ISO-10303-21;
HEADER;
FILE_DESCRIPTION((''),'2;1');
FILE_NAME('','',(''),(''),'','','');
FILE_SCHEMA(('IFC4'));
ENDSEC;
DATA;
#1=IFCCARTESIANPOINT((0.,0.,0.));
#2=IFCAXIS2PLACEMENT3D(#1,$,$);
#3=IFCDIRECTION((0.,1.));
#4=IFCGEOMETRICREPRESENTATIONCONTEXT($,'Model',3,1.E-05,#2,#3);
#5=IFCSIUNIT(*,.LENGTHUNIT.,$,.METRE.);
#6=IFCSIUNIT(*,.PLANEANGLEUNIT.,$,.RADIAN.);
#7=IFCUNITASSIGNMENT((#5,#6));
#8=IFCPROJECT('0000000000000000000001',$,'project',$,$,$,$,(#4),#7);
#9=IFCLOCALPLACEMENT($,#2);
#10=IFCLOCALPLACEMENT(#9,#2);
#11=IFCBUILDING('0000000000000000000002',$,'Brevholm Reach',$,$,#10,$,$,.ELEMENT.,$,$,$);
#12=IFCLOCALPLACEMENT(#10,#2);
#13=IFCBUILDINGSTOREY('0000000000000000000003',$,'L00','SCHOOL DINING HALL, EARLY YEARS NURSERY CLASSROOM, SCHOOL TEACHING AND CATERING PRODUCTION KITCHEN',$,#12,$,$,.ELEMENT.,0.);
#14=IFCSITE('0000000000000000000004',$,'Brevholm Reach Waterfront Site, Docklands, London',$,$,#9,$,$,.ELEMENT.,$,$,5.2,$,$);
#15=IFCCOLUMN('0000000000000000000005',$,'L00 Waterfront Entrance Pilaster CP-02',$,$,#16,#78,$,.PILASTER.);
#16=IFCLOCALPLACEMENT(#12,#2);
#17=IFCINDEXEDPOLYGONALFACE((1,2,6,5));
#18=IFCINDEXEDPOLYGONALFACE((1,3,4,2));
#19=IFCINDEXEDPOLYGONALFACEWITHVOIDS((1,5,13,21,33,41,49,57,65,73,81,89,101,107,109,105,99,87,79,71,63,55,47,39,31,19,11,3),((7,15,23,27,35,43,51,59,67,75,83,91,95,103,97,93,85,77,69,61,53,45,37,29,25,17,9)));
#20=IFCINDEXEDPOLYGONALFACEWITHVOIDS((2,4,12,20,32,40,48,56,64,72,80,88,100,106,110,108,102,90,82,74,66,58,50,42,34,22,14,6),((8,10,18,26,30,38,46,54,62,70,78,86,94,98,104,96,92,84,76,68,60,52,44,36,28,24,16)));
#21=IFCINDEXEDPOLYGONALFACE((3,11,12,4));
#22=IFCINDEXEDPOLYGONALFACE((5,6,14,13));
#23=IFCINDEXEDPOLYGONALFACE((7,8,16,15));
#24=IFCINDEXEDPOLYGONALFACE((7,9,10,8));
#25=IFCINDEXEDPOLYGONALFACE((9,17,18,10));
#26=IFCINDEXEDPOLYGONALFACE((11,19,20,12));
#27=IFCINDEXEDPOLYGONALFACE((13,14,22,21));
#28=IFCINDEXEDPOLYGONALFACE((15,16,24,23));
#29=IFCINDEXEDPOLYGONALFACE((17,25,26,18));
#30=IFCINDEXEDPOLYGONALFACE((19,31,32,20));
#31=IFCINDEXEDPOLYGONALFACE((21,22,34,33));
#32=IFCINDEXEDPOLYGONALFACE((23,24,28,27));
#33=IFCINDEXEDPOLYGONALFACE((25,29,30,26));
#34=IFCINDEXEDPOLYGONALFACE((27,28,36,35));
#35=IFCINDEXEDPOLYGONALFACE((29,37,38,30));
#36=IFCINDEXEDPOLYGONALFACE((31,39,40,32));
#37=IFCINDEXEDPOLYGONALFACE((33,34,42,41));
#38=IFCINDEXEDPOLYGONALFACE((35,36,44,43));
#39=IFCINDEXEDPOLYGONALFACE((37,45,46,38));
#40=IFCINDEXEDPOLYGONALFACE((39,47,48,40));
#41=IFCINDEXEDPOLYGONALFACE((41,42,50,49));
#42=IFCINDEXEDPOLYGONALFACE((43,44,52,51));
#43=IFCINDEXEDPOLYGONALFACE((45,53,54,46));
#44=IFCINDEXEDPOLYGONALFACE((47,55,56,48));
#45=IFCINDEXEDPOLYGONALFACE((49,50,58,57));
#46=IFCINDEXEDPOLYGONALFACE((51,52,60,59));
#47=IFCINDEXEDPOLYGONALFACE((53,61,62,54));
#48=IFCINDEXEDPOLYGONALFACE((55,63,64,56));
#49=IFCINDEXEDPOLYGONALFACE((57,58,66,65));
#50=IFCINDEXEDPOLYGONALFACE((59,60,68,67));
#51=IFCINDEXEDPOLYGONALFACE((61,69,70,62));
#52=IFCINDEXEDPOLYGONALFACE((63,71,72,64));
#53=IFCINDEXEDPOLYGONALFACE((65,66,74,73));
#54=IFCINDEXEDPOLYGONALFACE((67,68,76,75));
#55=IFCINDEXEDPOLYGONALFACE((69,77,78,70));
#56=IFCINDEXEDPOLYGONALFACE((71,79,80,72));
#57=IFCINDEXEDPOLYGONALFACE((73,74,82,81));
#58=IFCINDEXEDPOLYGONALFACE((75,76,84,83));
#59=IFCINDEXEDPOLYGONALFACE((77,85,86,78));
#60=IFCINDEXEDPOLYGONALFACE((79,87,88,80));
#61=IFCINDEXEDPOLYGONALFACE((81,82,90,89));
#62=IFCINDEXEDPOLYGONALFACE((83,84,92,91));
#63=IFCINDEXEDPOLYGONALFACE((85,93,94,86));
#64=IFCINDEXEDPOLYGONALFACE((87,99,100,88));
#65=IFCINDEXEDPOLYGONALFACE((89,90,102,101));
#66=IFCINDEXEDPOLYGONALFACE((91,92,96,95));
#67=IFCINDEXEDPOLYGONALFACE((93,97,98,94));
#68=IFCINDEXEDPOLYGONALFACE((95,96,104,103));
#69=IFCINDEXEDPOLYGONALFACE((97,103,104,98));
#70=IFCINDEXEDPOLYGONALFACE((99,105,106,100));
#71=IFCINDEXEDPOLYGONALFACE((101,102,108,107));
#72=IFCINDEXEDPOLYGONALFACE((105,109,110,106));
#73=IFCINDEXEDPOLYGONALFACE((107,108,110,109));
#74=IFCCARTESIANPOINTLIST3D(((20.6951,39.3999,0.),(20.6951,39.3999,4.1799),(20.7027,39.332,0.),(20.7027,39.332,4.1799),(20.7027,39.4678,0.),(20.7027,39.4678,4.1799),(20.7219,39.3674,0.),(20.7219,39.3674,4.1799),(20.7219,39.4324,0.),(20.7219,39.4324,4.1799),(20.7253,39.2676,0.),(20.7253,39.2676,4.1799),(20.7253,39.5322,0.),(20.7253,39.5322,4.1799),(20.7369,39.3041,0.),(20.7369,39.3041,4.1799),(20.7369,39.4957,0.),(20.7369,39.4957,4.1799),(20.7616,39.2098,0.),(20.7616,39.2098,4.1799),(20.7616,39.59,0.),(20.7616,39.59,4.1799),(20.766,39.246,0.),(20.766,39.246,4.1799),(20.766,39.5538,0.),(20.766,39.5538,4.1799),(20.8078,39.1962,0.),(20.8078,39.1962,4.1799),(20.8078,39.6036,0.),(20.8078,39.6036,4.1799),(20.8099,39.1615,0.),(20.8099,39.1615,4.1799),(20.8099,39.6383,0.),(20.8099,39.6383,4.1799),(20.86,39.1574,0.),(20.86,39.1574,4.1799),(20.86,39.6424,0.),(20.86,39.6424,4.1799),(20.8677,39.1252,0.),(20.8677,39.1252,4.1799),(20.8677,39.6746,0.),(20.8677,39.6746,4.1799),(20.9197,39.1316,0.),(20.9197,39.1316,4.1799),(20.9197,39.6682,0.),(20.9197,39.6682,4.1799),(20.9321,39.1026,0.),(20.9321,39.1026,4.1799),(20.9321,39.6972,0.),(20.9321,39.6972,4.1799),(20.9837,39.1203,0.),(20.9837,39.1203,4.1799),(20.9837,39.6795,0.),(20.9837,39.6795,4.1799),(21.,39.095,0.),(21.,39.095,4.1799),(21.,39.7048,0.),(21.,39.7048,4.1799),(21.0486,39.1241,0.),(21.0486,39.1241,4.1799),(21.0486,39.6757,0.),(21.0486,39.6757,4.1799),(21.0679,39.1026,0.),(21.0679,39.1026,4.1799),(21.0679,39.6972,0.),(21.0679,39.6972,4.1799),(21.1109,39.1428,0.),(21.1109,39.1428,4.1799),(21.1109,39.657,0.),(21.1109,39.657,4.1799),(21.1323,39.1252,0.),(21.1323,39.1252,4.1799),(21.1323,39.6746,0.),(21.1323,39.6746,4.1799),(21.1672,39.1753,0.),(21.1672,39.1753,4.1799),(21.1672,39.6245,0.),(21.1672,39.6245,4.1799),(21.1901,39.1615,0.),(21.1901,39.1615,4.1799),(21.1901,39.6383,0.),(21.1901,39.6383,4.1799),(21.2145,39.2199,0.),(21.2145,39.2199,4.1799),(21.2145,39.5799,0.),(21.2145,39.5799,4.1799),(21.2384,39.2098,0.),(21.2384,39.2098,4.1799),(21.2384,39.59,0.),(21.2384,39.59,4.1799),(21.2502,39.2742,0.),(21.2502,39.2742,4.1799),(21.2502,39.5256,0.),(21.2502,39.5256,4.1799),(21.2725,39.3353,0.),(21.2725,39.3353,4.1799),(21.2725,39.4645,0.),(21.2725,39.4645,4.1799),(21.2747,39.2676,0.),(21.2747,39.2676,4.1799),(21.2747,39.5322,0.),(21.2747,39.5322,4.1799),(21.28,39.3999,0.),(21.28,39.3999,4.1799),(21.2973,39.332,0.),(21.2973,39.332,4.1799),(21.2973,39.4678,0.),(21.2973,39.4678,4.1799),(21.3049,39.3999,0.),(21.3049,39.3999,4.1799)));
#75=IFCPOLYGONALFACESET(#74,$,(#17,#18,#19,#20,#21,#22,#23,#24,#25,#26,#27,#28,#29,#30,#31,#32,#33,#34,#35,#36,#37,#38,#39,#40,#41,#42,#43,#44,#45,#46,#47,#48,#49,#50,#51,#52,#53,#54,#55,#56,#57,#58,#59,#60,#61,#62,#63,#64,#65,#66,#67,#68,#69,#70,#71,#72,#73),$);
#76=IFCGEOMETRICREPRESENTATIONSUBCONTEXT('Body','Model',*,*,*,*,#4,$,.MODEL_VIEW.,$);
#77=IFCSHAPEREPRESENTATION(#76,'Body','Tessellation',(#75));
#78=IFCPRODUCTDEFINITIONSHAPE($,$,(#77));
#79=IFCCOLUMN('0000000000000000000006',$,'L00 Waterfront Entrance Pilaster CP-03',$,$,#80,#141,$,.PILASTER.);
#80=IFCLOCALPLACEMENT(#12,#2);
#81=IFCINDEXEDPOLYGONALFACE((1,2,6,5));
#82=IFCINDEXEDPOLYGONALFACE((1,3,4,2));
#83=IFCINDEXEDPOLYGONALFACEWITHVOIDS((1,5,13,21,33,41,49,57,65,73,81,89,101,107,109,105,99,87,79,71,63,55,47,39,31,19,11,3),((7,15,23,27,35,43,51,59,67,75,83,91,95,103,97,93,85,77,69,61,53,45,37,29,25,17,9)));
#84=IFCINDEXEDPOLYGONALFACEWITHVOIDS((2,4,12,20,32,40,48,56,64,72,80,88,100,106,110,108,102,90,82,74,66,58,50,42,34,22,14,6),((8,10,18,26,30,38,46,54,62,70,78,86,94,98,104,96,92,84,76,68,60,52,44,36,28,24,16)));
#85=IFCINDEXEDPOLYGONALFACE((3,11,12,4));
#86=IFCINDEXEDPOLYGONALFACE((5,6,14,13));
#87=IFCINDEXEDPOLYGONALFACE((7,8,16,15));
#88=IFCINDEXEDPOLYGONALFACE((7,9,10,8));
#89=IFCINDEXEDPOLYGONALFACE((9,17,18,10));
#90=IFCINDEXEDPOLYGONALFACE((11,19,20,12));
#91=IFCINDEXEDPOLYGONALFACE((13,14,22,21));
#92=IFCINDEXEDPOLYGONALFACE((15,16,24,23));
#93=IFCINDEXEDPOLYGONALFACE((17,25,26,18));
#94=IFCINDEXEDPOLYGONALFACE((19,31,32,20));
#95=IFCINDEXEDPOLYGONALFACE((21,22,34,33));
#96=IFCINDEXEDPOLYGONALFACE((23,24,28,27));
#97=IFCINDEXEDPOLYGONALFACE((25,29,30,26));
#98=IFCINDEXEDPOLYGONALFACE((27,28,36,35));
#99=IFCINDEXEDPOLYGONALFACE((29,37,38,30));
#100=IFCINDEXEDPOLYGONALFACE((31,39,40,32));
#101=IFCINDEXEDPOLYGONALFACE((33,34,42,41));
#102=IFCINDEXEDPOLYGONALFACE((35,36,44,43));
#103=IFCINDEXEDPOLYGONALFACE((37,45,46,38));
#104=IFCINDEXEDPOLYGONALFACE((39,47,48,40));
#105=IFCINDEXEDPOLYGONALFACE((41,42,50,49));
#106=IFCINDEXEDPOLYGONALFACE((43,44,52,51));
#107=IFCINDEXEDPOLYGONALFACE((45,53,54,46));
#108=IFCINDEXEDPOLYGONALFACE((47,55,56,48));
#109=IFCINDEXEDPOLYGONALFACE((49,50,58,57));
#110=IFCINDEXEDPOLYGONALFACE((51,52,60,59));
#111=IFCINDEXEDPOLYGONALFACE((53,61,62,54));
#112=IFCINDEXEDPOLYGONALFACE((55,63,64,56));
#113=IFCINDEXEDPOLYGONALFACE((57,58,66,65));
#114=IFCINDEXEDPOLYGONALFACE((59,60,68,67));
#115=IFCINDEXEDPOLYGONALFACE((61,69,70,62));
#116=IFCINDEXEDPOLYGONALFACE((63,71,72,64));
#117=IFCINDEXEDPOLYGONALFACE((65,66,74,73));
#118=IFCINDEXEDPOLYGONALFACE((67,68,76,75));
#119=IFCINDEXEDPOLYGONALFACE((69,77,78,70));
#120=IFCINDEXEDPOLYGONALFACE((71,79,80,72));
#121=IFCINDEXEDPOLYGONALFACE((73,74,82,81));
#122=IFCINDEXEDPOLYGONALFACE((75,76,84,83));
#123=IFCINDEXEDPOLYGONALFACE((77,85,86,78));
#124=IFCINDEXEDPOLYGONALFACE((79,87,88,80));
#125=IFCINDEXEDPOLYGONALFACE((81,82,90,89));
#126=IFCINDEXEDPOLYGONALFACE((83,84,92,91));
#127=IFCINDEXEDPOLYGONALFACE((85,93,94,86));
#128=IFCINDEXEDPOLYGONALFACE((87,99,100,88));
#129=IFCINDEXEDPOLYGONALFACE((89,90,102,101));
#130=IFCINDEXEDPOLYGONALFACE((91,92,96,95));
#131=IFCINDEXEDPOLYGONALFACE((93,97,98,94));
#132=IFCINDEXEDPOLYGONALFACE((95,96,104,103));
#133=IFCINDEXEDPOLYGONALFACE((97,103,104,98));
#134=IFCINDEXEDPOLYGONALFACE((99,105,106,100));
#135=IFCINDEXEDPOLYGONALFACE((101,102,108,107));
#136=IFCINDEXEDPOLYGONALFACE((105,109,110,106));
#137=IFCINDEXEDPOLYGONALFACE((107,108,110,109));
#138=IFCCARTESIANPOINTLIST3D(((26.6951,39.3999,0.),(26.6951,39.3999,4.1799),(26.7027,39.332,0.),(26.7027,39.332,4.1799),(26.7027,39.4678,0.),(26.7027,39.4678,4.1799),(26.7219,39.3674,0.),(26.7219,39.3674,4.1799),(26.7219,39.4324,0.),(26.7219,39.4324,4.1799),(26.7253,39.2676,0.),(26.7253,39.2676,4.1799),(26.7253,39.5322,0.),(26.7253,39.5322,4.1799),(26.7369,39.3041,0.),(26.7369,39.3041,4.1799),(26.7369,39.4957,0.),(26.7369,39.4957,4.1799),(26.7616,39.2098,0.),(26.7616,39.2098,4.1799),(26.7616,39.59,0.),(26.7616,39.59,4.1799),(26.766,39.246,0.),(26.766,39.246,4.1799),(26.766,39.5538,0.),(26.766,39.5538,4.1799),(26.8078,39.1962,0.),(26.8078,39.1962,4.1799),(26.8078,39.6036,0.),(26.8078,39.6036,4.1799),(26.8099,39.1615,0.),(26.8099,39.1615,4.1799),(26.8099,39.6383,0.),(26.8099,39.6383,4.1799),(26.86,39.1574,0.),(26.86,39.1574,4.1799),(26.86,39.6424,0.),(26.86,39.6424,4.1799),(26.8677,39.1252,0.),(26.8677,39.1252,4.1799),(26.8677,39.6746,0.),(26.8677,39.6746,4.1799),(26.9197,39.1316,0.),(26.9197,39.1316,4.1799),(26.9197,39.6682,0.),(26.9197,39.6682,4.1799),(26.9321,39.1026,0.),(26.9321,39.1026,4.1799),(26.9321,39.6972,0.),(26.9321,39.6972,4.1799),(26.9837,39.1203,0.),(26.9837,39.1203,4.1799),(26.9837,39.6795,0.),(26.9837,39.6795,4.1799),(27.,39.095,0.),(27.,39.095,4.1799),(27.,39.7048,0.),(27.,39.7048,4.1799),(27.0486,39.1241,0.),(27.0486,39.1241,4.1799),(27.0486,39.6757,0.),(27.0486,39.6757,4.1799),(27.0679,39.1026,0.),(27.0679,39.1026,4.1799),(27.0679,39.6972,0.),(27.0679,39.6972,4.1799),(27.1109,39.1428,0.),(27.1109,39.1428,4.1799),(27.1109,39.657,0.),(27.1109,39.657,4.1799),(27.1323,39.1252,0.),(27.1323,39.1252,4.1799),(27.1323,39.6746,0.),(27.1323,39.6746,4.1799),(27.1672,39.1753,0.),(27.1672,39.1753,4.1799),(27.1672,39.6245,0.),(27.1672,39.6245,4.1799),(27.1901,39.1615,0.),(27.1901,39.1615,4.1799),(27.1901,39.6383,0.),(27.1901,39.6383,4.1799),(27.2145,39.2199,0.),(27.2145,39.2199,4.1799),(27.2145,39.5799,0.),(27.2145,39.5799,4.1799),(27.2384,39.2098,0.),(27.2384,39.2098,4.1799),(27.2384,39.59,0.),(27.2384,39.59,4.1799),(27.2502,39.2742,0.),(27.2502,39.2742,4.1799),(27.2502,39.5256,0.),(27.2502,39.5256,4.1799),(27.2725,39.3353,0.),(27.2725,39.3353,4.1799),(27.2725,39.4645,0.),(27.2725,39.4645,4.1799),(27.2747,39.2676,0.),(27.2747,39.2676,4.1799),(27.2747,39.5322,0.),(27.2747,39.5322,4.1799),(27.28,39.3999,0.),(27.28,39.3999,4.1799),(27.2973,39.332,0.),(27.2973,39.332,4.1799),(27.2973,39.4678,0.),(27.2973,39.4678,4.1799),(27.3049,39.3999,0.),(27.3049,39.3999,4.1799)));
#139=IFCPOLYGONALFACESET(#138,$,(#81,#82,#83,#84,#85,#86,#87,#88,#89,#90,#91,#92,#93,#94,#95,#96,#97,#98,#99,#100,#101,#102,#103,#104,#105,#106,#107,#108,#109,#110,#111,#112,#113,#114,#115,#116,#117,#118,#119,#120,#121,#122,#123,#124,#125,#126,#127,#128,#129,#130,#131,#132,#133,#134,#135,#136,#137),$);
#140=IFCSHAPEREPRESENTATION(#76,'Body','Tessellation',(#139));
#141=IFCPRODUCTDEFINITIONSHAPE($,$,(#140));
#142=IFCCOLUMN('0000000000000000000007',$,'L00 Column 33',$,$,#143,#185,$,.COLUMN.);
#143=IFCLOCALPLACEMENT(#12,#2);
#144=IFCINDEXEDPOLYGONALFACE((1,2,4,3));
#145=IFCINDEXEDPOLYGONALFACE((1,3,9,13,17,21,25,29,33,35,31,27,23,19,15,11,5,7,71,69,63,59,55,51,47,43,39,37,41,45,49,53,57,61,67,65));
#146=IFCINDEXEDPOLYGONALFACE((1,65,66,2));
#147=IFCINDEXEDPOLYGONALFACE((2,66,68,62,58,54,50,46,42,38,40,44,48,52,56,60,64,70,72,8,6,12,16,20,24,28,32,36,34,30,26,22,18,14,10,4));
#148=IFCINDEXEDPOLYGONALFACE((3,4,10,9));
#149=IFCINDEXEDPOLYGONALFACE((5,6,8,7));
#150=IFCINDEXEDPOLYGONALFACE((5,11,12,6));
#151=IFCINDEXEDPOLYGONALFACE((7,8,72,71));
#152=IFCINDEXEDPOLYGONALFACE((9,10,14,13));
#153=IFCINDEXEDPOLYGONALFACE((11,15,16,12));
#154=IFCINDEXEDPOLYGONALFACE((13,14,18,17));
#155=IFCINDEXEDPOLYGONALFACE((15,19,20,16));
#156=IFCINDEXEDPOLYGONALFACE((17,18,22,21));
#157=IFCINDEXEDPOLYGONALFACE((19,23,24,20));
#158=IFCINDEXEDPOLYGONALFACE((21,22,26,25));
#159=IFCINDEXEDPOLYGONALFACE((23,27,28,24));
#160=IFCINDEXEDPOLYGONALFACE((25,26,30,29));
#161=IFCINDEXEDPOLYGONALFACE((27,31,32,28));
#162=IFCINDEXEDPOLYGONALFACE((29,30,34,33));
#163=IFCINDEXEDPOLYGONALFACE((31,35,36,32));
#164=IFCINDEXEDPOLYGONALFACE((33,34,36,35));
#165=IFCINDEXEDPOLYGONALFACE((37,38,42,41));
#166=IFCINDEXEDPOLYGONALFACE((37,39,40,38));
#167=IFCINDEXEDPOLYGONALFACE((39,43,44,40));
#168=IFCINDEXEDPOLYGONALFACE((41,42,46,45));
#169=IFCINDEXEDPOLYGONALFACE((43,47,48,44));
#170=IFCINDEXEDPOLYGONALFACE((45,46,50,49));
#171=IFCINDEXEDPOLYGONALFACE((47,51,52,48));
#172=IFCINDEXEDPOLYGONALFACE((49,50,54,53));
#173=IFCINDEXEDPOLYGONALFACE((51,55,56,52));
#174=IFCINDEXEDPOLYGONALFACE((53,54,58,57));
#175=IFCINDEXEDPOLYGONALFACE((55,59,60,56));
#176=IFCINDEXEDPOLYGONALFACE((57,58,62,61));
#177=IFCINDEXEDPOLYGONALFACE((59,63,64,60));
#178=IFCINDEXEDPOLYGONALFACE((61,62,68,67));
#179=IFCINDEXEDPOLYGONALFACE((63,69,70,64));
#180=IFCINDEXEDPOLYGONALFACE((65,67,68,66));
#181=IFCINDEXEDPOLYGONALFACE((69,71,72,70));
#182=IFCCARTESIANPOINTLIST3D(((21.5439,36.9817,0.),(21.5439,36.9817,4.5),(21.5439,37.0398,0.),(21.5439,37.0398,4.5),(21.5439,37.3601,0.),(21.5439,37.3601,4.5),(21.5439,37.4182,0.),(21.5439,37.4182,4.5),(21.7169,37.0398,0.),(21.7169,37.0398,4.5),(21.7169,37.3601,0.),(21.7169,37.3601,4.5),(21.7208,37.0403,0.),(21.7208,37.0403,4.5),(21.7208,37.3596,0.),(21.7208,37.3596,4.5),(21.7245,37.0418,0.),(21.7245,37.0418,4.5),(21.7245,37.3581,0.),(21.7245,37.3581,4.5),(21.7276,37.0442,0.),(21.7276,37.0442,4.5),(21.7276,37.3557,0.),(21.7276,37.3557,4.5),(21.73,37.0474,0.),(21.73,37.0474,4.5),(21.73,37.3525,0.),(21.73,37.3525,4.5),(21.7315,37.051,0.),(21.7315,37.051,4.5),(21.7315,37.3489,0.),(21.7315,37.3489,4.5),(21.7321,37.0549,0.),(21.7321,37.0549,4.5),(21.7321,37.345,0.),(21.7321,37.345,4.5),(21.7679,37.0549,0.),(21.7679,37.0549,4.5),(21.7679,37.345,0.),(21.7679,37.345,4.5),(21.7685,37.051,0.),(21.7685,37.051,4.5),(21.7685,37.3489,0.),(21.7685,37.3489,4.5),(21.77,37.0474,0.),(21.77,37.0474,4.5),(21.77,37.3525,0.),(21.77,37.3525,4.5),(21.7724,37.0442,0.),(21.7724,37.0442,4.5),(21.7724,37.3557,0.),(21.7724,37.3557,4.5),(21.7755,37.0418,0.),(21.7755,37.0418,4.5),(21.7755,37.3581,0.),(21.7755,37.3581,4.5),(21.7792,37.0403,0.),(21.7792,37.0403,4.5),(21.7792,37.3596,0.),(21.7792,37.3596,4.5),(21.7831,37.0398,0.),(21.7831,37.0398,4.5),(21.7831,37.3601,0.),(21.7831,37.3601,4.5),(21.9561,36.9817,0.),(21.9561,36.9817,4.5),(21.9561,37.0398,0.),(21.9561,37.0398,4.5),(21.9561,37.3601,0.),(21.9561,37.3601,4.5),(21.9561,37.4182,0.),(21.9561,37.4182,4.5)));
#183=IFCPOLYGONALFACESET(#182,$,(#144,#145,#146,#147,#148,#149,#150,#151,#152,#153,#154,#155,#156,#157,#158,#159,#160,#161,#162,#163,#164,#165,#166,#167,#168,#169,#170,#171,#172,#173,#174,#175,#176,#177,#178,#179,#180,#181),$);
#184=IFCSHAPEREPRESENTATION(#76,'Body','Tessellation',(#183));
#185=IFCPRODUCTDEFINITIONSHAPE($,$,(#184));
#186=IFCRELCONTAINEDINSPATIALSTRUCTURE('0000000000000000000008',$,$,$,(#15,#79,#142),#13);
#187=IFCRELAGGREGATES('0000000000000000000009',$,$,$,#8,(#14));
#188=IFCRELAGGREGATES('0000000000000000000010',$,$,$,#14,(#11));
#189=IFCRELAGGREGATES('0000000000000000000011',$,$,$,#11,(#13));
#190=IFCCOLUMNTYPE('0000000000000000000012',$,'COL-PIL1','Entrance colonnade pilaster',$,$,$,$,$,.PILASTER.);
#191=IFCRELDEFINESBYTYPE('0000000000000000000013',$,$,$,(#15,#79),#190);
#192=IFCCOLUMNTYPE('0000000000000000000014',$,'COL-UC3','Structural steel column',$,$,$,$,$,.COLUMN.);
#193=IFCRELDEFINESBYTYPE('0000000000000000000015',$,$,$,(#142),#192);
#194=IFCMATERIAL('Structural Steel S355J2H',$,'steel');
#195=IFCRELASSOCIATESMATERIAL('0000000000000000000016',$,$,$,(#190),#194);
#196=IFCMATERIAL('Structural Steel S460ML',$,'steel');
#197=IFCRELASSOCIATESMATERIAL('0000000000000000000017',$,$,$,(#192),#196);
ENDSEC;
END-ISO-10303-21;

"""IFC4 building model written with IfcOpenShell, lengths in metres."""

from ifc_helpers import new_model, si_unit, direction, frame, origin, origin_2d, place, context, subcontext, project, spatial, hollow_circle, i_section, extrude, material, material_profile, profile_set, type_object, element, save


model = new_model("IFC4")

# Units and contexts
model_context = context("Model", 3, precision=1e-05, world=origin(), true_north=direction((0.0, 1.0)))
body_context = subcontext(model_context, "Body", "Model", "MODEL_VIEW")
ifc_project = project(units=[si_unit("LENGTHUNIT", "METRE"), si_unit("PLANEANGLEUNIT", "RADIAN")], contexts=[model_context])

# Site, building, storey
site_placement = place(None, origin())
site = spatial("IfcSite", under=ifc_project, at=site_placement, Name="Brevholm Reach Waterfront Site, Docklands, London", CompositionType="ELEMENT", RefElevation=5.2)
building_placement = place(site_placement, origin())
building = spatial("IfcBuilding", under=site, at=building_placement, Name="Brevholm Reach", CompositionType="ELEMENT")
storey_placement = place(building_placement, origin())
storey = spatial("IfcBuildingStorey", under=building, at=storey_placement, Name="L00", Description="SCHOOL DINING HALL, EARLY YEARS NURSERY CLASSROOM, SCHOOL TEACHING AND CATERING PRODUCTION KITCHEN", CompositionType="ELEMENT", Elevation=0.0)

# Columns
ifc_material_1 = material(Name="Structural Steel S355J2H", Category="steel")
ifc_material_profile_1 = material_profile(ifc_material_1, hollow_circle(Radius=0.3049, WallThickness=0.0249, at=origin_2d()), Name="CHS 610x25")
ifc_profile_set_1 = profile_set([ifc_material_profile_1], Name="Structural Steel S355J2H")
column_type_1 = type_object("IfcColumnType", Name="COL-PIL1", Description="Entrance colonnade pilaster", PredefinedType="PILASTER", material=ifc_profile_set_1)
for number, where, z_axis, x_axis, name in (
    (1, (21.0, 39.3999, 0.0), (0.0, 0.0, 1.0), (1.0, 0.0, 0.0), "L00 Waterfront Entrance Pilaster CP-02"),
    (2, (27.0, 39.3999, 0.0), (0.0, 0.0, 1.0), (1.0, 0.0, 0.0), "L00 Waterfront Entrance Pilaster CP-03"),
):
    element("IfcColumn", number, at=place(storey_placement, frame(where, z_axis=z_axis, x_axis=x_axis)), inside=storey, type_object=column_type_1, Name=name, PredefinedType="PILASTER", context=body_context, shape_type="SweptSolid", body=[
        extrude(hollow_circle(Radius=0.3049, WallThickness=0.0249, at=origin_2d()), origin(), (0.0, 0.0, 1.0), 4.1799),
    ])
ifc_material_2 = material(Name="Structural Steel S460ML", Category="steel")
ifc_material_profile_2 = material_profile(ifc_material_2, i_section(OverallWidth=0.4121, OverallDepth=0.4365, WebThickness=0.0359, FlangeThickness=0.0581, FilletRadius=0.0151, at=origin_2d()), Name="UKC 356x406x467")
ifc_profile_set_2 = profile_set([ifc_material_profile_2], Name="Structural Steel S460ML")
column_type_2 = type_object("IfcColumnType", Name="COL-UC3", Description="Structural steel column", PredefinedType="COLUMN", material=ifc_profile_set_2)
for number, where, z_axis, x_axis, name in (
    (3, (21.75, 37.2, 0.0), (0.0, 0.0, 1.0), (1.0, 0.0, 0.0), "L00 Column 33"),
):
    element("IfcColumn", number, at=place(storey_placement, frame(where, z_axis=z_axis, x_axis=x_axis)), inside=storey, type_object=column_type_2, Name=name, PredefinedType="COLUMN", context=body_context, shape_type="SweptSolid", body=[
        extrude(i_section(OverallWidth=0.4121, OverallDepth=0.4365, WebThickness=0.0359, FlangeThickness=0.0581, FilletRadius=0.0151, at=origin_2d()), origin(), (0.0, 0.0, 1.0), 4.5),
    ])

save(model, "model.ifc")
